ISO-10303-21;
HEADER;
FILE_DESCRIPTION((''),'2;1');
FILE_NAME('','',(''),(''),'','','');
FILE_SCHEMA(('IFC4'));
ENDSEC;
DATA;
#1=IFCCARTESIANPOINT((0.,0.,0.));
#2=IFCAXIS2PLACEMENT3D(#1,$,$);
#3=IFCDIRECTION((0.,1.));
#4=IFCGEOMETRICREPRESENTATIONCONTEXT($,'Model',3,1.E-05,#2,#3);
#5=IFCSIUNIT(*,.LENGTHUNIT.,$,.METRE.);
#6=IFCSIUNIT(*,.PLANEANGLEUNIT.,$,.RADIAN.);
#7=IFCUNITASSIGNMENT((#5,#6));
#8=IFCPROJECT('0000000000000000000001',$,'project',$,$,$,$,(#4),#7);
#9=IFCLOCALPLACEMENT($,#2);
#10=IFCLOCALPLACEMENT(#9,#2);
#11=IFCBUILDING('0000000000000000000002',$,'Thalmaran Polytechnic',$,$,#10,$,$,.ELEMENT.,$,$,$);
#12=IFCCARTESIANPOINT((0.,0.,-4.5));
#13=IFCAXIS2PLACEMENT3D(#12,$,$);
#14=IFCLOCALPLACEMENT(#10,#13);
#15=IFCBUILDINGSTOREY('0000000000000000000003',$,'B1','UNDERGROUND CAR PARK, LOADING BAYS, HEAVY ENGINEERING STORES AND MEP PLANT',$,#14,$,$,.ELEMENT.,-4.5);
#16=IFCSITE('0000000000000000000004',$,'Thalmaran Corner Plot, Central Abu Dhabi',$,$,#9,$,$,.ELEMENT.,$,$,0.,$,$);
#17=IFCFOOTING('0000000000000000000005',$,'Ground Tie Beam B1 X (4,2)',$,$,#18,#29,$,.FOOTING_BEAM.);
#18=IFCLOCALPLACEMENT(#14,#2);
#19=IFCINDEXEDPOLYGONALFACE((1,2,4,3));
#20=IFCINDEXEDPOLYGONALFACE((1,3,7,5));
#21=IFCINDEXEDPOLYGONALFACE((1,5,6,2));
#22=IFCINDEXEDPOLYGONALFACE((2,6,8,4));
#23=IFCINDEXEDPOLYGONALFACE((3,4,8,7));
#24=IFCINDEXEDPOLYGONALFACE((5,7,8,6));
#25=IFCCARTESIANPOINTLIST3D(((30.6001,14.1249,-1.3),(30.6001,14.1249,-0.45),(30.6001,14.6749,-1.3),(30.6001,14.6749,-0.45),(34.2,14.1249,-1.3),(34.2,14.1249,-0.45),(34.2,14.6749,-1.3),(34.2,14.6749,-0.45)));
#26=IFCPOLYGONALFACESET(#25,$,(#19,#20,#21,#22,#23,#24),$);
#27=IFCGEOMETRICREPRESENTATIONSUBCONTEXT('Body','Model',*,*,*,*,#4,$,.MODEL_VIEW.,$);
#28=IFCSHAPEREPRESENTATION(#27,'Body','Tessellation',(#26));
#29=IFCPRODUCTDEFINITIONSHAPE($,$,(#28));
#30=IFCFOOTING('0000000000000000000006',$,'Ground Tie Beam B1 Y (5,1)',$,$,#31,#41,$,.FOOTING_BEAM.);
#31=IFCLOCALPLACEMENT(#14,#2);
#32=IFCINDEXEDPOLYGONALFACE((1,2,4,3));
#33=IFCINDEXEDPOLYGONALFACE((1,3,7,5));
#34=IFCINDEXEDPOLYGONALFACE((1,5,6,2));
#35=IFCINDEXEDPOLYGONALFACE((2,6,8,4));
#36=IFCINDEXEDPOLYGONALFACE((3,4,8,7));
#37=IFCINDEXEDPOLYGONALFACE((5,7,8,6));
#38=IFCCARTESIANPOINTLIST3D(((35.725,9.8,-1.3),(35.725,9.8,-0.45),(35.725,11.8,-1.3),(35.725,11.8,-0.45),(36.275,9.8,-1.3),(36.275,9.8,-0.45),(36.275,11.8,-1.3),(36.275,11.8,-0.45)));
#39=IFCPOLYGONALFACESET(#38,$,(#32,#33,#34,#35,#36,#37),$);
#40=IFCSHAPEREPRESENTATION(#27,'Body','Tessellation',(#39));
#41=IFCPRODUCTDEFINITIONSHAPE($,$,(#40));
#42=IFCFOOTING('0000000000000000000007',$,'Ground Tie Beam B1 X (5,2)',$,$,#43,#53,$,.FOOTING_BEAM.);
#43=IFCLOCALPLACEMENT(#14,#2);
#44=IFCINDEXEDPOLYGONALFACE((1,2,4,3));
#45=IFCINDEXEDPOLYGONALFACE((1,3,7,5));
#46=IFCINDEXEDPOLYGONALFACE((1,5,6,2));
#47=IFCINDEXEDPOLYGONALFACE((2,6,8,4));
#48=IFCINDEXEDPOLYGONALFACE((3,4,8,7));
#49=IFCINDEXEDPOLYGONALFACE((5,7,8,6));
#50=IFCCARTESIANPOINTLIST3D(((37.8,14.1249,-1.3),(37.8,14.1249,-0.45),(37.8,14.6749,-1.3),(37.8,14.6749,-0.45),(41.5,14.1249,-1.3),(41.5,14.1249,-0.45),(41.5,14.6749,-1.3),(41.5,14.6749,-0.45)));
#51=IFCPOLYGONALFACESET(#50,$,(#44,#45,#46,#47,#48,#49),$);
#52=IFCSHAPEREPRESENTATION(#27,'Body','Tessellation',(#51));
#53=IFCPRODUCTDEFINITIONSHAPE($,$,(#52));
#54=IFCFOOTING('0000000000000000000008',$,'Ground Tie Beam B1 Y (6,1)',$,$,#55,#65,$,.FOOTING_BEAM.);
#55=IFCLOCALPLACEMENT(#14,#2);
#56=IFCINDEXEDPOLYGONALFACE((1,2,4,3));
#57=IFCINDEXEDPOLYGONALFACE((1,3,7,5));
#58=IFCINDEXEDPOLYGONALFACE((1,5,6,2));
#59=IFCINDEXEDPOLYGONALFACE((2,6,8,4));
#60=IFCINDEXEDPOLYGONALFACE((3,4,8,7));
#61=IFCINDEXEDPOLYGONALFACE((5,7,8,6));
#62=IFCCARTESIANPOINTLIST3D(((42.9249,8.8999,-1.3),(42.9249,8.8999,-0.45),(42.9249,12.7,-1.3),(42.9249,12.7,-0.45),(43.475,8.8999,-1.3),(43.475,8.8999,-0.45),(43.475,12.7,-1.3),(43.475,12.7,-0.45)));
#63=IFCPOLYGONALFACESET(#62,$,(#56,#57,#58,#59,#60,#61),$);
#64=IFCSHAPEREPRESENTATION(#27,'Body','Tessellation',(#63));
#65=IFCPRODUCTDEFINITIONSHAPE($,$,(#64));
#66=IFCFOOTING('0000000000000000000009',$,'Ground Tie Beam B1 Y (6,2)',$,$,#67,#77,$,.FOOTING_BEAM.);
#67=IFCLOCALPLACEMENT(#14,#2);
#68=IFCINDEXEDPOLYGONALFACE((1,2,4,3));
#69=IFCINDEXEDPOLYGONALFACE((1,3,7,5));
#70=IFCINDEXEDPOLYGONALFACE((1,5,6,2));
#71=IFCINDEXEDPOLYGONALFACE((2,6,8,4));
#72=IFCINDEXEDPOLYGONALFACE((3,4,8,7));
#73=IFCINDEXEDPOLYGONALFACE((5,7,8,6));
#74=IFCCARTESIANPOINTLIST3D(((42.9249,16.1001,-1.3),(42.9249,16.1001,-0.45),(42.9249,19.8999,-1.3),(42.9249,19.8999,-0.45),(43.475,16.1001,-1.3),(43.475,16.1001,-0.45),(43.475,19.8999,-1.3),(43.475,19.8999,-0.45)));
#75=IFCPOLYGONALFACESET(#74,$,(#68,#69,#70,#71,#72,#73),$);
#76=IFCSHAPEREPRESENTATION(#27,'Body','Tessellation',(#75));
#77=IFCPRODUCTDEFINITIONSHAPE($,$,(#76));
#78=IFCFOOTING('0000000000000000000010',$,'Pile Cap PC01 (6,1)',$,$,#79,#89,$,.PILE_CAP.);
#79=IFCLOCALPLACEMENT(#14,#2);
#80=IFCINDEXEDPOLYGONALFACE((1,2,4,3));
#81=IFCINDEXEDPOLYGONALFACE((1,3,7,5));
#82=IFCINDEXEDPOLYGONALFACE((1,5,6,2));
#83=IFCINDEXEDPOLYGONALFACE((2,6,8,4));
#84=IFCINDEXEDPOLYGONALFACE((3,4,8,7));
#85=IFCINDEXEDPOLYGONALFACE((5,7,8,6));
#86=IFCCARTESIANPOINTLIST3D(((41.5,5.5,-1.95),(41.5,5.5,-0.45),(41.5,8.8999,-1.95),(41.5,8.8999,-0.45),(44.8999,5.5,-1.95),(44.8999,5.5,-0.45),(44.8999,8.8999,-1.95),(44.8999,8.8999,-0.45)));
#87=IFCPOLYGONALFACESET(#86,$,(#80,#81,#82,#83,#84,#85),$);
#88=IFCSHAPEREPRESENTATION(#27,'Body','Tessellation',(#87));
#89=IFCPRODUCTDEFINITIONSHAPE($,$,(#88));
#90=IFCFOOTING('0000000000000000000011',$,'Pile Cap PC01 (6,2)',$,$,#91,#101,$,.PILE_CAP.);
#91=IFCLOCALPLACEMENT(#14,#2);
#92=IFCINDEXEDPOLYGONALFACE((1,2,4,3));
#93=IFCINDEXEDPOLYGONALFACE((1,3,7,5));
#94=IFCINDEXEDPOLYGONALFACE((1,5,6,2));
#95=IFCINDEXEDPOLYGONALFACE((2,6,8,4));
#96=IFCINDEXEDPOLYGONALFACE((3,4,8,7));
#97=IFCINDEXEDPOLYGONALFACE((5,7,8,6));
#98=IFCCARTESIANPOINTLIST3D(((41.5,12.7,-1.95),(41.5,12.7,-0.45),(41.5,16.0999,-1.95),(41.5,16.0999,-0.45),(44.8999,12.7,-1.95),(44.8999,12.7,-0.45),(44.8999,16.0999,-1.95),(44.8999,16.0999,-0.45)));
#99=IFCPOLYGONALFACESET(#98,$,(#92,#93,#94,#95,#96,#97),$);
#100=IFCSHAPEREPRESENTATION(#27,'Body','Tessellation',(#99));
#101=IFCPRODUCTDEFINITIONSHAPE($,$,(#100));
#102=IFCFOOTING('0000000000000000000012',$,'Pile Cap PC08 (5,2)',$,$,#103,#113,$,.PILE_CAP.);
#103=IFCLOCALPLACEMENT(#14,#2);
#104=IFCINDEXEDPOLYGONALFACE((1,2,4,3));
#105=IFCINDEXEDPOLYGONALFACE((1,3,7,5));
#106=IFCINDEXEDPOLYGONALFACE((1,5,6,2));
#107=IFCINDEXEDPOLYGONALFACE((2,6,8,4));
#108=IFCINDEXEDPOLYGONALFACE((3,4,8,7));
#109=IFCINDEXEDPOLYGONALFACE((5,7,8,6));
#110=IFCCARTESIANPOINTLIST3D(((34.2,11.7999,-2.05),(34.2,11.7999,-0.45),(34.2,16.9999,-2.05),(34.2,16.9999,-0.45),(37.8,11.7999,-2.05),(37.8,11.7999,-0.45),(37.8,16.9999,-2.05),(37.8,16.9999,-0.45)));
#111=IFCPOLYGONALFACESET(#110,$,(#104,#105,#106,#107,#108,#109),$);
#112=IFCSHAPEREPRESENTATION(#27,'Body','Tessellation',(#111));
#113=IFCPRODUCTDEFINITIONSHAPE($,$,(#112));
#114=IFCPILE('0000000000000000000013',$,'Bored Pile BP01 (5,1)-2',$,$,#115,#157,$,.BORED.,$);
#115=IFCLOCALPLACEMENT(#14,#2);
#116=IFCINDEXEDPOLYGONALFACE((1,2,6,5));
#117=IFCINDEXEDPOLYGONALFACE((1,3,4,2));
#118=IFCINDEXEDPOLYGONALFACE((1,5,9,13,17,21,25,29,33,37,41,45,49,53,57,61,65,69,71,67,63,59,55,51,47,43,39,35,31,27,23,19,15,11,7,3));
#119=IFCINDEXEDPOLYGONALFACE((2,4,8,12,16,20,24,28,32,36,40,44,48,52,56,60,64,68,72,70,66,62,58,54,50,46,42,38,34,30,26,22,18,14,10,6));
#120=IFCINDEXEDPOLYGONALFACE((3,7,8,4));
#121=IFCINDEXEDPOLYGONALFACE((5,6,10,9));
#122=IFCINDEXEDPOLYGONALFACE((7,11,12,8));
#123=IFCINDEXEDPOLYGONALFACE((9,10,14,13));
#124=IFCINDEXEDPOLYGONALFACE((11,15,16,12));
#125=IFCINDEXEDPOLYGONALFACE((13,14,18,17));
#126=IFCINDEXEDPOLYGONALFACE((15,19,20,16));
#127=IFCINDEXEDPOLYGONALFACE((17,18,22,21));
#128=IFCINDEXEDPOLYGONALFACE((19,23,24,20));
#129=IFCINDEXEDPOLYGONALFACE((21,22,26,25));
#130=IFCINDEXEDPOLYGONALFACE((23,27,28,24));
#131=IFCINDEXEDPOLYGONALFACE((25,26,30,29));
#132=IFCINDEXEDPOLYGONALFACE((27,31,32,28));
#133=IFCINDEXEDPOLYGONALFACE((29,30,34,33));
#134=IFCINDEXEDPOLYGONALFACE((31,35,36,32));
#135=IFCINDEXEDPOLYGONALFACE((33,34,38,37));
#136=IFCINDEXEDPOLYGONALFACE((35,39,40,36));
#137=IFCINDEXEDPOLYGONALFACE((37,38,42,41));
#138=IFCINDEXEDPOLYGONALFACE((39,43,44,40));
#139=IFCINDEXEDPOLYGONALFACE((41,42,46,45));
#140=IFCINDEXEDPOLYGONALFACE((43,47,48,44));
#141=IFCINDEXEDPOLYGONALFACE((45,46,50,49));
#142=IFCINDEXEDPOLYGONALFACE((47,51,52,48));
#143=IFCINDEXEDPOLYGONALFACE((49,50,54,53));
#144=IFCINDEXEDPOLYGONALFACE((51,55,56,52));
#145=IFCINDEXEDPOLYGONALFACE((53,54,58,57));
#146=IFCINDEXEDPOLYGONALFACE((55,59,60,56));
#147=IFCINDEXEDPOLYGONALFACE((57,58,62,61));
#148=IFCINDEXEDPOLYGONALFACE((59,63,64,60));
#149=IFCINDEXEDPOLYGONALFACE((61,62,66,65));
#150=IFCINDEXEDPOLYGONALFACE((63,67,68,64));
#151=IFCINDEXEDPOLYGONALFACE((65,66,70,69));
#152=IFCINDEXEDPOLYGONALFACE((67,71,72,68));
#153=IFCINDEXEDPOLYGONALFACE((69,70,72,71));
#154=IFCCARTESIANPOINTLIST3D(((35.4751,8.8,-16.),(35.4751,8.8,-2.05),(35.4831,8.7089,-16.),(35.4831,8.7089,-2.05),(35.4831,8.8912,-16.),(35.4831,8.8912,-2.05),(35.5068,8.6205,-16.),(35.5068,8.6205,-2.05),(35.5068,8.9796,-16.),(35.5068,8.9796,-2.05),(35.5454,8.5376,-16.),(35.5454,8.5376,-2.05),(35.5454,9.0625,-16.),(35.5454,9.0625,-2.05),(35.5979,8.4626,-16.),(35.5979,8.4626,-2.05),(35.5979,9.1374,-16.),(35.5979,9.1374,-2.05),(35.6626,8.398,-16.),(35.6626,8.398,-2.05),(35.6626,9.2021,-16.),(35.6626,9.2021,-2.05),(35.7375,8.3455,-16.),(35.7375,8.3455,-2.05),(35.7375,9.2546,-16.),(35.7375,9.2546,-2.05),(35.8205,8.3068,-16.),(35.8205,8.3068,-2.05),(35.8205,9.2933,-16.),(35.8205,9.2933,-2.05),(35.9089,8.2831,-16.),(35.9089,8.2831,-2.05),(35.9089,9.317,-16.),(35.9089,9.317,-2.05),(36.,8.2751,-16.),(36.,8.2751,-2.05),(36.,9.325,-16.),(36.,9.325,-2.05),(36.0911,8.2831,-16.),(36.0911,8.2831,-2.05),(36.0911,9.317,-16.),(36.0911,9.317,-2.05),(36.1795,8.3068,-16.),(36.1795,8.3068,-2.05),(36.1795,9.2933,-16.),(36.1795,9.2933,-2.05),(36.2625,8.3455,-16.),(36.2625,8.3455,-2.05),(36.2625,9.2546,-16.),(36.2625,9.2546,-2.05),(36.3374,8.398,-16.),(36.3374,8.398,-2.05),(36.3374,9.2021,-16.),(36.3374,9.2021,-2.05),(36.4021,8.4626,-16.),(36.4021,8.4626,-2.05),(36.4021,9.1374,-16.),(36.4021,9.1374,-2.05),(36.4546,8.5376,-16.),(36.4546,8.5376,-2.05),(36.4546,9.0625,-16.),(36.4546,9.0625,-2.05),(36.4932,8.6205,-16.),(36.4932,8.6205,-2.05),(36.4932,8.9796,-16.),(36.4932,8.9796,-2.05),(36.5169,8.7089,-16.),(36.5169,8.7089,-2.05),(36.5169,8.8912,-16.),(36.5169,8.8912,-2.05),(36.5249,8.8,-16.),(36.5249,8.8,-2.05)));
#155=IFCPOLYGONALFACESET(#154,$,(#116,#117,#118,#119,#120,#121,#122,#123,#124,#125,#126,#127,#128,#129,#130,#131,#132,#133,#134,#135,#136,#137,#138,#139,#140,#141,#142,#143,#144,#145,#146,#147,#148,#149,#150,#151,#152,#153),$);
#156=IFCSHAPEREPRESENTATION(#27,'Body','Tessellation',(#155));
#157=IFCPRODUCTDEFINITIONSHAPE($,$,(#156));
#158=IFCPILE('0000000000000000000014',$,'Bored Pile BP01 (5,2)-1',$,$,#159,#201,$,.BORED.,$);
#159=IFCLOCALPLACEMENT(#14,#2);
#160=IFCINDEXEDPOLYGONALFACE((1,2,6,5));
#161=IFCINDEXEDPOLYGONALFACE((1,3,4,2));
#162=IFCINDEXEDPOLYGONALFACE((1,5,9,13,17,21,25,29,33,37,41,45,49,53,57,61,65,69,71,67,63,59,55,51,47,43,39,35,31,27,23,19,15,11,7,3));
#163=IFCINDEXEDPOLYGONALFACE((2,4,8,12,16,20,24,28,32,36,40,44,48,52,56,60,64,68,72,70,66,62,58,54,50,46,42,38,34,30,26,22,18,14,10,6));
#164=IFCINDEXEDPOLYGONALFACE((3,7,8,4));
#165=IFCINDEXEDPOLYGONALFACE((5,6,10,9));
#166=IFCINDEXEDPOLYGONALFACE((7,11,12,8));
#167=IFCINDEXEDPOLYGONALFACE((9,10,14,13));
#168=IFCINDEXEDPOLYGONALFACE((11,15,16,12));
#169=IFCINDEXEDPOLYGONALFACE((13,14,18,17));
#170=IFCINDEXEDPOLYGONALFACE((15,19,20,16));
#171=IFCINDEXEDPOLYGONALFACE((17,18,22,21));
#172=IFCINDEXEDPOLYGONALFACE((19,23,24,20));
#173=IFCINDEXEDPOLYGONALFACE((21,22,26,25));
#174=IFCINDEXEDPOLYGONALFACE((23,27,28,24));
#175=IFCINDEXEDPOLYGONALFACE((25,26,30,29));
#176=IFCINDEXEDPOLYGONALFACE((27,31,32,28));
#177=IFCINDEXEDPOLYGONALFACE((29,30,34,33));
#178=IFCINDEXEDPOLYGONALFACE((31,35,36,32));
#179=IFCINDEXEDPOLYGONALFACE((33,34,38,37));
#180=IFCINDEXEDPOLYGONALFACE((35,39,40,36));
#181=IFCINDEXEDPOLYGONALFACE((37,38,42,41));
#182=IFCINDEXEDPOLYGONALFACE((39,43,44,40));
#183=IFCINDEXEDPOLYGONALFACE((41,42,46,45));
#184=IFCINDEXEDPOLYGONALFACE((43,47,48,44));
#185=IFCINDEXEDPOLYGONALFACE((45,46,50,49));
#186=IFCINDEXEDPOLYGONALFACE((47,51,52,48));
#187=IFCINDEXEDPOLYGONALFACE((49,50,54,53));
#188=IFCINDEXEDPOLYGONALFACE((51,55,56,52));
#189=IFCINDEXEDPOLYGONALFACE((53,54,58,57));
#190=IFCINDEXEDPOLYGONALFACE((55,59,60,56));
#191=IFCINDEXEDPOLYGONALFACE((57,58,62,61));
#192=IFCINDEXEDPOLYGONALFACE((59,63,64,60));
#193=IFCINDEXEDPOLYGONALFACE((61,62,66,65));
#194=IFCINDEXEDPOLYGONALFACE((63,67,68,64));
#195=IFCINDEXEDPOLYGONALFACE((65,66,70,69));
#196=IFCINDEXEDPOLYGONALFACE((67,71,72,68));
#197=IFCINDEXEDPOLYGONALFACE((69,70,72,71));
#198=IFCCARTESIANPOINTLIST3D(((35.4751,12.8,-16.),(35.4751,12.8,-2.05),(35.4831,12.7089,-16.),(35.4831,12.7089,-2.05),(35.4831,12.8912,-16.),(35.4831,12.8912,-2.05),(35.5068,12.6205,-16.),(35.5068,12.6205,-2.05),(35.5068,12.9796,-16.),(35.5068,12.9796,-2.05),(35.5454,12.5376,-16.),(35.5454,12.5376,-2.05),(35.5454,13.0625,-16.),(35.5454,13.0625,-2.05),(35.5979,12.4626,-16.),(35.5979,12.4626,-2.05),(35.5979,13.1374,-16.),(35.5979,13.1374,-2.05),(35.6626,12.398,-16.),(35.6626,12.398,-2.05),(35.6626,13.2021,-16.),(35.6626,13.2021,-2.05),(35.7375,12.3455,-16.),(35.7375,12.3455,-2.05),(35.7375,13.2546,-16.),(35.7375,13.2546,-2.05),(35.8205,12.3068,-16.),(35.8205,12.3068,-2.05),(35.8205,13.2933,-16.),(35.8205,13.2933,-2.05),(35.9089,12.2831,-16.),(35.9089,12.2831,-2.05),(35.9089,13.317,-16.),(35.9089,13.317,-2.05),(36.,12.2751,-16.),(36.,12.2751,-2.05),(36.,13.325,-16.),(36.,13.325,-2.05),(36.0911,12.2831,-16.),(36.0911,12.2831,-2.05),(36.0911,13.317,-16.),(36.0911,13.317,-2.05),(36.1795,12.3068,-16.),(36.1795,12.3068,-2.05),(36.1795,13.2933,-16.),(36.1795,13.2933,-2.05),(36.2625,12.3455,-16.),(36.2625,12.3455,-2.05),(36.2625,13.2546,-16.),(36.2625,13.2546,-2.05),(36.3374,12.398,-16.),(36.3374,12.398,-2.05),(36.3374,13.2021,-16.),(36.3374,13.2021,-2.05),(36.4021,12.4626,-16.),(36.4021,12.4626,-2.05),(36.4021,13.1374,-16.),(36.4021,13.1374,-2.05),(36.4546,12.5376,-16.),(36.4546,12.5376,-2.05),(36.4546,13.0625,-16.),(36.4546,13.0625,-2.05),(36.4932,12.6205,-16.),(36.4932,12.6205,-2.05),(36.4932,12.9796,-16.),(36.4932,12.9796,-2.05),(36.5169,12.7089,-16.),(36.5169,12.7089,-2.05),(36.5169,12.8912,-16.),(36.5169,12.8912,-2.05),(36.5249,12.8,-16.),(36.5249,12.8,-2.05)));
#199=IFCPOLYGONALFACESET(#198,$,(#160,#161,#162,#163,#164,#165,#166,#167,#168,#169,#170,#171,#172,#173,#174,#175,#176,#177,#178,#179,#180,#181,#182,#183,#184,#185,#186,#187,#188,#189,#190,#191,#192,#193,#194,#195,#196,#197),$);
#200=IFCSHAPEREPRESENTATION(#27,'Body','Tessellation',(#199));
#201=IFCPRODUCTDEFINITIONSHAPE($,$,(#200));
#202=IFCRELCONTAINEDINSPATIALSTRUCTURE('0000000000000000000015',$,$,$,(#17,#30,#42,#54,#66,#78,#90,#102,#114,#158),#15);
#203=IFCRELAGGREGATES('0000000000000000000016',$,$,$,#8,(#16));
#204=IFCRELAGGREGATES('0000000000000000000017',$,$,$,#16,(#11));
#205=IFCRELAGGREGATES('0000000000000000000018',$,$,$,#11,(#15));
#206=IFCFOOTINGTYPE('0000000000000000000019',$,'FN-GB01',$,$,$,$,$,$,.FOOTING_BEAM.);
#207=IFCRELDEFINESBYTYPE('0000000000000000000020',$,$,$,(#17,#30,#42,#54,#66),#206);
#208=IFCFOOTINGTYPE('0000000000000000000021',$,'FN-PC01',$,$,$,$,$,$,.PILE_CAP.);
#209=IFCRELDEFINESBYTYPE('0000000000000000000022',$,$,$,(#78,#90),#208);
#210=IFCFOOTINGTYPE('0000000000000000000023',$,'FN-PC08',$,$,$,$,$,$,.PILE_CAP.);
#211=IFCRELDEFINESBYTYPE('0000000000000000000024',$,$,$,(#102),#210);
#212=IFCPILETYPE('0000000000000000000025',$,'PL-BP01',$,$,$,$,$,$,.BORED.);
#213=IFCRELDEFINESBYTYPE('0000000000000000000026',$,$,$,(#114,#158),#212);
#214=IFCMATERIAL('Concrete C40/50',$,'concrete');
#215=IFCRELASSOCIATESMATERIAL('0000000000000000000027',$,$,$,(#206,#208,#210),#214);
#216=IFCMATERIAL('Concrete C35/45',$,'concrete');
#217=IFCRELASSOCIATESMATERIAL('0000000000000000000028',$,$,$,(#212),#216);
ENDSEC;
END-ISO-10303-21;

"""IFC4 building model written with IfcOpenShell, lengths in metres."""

from ifc_helpers import new_model, si_unit, direction, frame, origin, origin_2d, place, context, subcontext, project, spatial, rectangle, circle, extrude, material, material_profile, profile_set, type_object, element, save


model = new_model("IFC4")

# Units and contexts
model_context = context("Model", 3, precision=1e-05, world=origin(), true_north=direction((0.0, 1.0)))
body_context = subcontext(model_context, "Body", "Model", "MODEL_VIEW")
ifc_project = project(units=[si_unit("LENGTHUNIT", "METRE"), si_unit("PLANEANGLEUNIT", "RADIAN")], contexts=[model_context])

# Site, building, storey
site_placement = place(None, origin())
site = spatial("IfcSite", under=ifc_project, at=site_placement, Name="Thalmaran Corner Plot, Central Abu Dhabi", CompositionType="ELEMENT", RefElevation=0.0)
building_placement = place(site_placement, origin())
building = spatial("IfcBuilding", under=site, at=building_placement, Name="Thalmaran Polytechnic", CompositionType="ELEMENT")
storey_placement = place(building_placement, frame((0.0, 0.0, -4.5)))
storey = spatial("IfcBuildingStorey", under=building, at=storey_placement, Name="B1", Description="UNDERGROUND CAR PARK, LOADING BAYS, HEAVY ENGINEERING STORES AND MEP PLANT", CompositionType="ELEMENT", Elevation=-4.5)

# Footings
ifc_material_1 = material(Name="Concrete C40/50", Category="concrete")
ifc_material_profile_1 = material_profile(ifc_material_1, rectangle(XDim=0.55, YDim=0.8501, at=origin_2d()), Name="RC 550x850")
ifc_profile_set_1 = profile_set([ifc_material_profile_1], Name="Concrete C40/50")
footing_type_1 = type_object("IfcFootingType", Name="FN-GB01", PredefinedType="FOOTING_BEAM", material=ifc_profile_set_1)
footing_1_placement = place(storey_placement, frame((30.6001, 14.3999, -0.875), z_axis=(1.0, 0.0, 0.0), x_axis=(0.0, 1.0, 0.0)))
element("IfcFooting", 1, at=footing_1_placement, inside=storey, type_object=footing_type_1, Name="Ground Tie Beam B1 X (4,2)", PredefinedType="FOOTING_BEAM", context=body_context, shape_type="SweptSolid", body=[
    extrude(rectangle(XDim=0.55, YDim=0.8501, at=origin_2d()), origin(), (0.0, 0.0, 1.0), 3.5999),
])
footing_2_placement = place(storey_placement, frame((36.0, 9.8, -0.875), z_axis=(0.0, 1.0, 0.0), x_axis=(-1.0, 0.0, 0.0)))
element("IfcFooting", 2, at=footing_2_placement, inside=storey, type_object=footing_type_1, Name="Ground Tie Beam B1 Y (5,1)", PredefinedType="FOOTING_BEAM", context=body_context, shape_type="SweptSolid", body=[
    extrude(rectangle(XDim=0.55, YDim=0.8501, at=origin_2d()), origin(), (0.0, 0.0, 1.0), 2.0),
])
footing_3_placement = place(storey_placement, frame((37.8, 14.3999, -0.875), z_axis=(1.0, 0.0, 0.0), x_axis=(0.0, 1.0, 0.0)))
element("IfcFooting", 3, at=footing_3_placement, inside=storey, type_object=footing_type_1, Name="Ground Tie Beam B1 X (5,2)", PredefinedType="FOOTING_BEAM", context=body_context, shape_type="SweptSolid", body=[
    extrude(rectangle(XDim=0.55, YDim=0.8501, at=origin_2d()), origin(), (0.0, 0.0, 1.0), 3.7),
])
footing_4_placement = place(storey_placement, frame((43.2, 8.8999, -0.875), z_axis=(0.0, 1.0, 0.0), x_axis=(-1.0, 0.0, 0.0)))
element("IfcFooting", 4, at=footing_4_placement, inside=storey, type_object=footing_type_1, Name="Ground Tie Beam B1 Y (6,1)", PredefinedType="FOOTING_BEAM", context=body_context, shape_type="SweptSolid", body=[
    extrude(rectangle(XDim=0.55, YDim=0.8501, at=origin_2d()), origin(), (0.0, 0.0, 1.0), 3.8),
])
footing_5_placement = place(storey_placement, frame((43.2, 16.1001, -0.875), z_axis=(0.0, 1.0, 0.0), x_axis=(-1.0, 0.0, 0.0)))
element("IfcFooting", 5, at=footing_5_placement, inside=storey, type_object=footing_type_1, Name="Ground Tie Beam B1 Y (6,2)", PredefinedType="FOOTING_BEAM", context=body_context, shape_type="SweptSolid", body=[
    extrude(rectangle(XDim=0.55, YDim=0.8501, at=origin_2d()), origin(), (0.0, 0.0, 1.0), 3.7998),
])
footing_type_2 = type_object("IfcFootingType", Name="FN-PC01", PredefinedType="PILE_CAP", material=ifc_material_1)
for number, where, z_axis, x_axis, name in (
    (6, (43.2, 7.2, -1.95), (0.0, 0.0, 1.0), (1.0, 0.0, 0.0), "Pile Cap PC01 (6,1)"),
    (7, (43.2, 14.3999, -1.95), (0.0, 0.0, 1.0), (1.0, 0.0, 0.0), "Pile Cap PC01 (6,2)"),
):
    element("IfcFooting", number, at=place(storey_placement, frame(where, z_axis=z_axis, x_axis=x_axis)), inside=storey, type_object=footing_type_2, Name=name, PredefinedType="PILE_CAP", context=body_context, shape_type="SweptSolid", body=[
        extrude(rectangle(XDim=3.3999, YDim=3.3999, at=origin_2d()), origin(), (0.0, 0.0, 1.0), 1.5),
    ])
footing_type_3 = type_object("IfcFootingType", Name="FN-PC08", PredefinedType="PILE_CAP", material=ifc_material_1)
footing_6_placement = place(storey_placement, frame((36.0, 14.3999, -2.05), z_axis=(0.0, 0.0, 1.0), x_axis=(1.0, 0.0, 0.0)))
element("IfcFooting", 8, at=footing_6_placement, inside=storey, type_object=footing_type_3, Name="Pile Cap PC08 (5,2)", PredefinedType="PILE_CAP", context=body_context, shape_type="SweptSolid", body=[
    extrude(rectangle(XDim=3.6001, YDim=5.2, at=origin_2d()), origin(), (0.0, 0.0, 1.0), 1.6001),
])

# Piles
ifc_material_2 = material(Name="Concrete C35/45", Category="concrete")
ifc_material_profile_2 = material_profile(ifc_material_2, circle(Radius=0.5249, at=origin_2d()), Name="RC 1050 DIA")
ifc_profile_set_2 = profile_set([ifc_material_profile_2], Name="Concrete C35/45")
pile_type_1 = type_object("IfcPileType", Name="PL-BP01", PredefinedType="BORED", material=ifc_profile_set_2)
for number, where, z_axis, x_axis, name in (
    (9, (36.0, 8.8, -2.05), (0.0, 0.0, -1.0), (1.0, 0.0, 0.0), "Bored Pile BP01 (5,1)-2"),
    (10, (36.0, 12.8, -2.05), (0.0, 0.0, -1.0), (1.0, 0.0, 0.0), "Bored Pile BP01 (5,2)-1"),
):
    element("IfcPile", number, at=place(storey_placement, frame(where, z_axis=z_axis, x_axis=x_axis)), inside=storey, type_object=pile_type_1, Name=name, PredefinedType="BORED", context=body_context, shape_type="SweptSolid", body=[
        extrude(circle(Radius=0.5249, at=origin_2d()), origin(), (0.0, 0.0, 1.0), 13.95),
    ])

save(model, "model.ifc")
